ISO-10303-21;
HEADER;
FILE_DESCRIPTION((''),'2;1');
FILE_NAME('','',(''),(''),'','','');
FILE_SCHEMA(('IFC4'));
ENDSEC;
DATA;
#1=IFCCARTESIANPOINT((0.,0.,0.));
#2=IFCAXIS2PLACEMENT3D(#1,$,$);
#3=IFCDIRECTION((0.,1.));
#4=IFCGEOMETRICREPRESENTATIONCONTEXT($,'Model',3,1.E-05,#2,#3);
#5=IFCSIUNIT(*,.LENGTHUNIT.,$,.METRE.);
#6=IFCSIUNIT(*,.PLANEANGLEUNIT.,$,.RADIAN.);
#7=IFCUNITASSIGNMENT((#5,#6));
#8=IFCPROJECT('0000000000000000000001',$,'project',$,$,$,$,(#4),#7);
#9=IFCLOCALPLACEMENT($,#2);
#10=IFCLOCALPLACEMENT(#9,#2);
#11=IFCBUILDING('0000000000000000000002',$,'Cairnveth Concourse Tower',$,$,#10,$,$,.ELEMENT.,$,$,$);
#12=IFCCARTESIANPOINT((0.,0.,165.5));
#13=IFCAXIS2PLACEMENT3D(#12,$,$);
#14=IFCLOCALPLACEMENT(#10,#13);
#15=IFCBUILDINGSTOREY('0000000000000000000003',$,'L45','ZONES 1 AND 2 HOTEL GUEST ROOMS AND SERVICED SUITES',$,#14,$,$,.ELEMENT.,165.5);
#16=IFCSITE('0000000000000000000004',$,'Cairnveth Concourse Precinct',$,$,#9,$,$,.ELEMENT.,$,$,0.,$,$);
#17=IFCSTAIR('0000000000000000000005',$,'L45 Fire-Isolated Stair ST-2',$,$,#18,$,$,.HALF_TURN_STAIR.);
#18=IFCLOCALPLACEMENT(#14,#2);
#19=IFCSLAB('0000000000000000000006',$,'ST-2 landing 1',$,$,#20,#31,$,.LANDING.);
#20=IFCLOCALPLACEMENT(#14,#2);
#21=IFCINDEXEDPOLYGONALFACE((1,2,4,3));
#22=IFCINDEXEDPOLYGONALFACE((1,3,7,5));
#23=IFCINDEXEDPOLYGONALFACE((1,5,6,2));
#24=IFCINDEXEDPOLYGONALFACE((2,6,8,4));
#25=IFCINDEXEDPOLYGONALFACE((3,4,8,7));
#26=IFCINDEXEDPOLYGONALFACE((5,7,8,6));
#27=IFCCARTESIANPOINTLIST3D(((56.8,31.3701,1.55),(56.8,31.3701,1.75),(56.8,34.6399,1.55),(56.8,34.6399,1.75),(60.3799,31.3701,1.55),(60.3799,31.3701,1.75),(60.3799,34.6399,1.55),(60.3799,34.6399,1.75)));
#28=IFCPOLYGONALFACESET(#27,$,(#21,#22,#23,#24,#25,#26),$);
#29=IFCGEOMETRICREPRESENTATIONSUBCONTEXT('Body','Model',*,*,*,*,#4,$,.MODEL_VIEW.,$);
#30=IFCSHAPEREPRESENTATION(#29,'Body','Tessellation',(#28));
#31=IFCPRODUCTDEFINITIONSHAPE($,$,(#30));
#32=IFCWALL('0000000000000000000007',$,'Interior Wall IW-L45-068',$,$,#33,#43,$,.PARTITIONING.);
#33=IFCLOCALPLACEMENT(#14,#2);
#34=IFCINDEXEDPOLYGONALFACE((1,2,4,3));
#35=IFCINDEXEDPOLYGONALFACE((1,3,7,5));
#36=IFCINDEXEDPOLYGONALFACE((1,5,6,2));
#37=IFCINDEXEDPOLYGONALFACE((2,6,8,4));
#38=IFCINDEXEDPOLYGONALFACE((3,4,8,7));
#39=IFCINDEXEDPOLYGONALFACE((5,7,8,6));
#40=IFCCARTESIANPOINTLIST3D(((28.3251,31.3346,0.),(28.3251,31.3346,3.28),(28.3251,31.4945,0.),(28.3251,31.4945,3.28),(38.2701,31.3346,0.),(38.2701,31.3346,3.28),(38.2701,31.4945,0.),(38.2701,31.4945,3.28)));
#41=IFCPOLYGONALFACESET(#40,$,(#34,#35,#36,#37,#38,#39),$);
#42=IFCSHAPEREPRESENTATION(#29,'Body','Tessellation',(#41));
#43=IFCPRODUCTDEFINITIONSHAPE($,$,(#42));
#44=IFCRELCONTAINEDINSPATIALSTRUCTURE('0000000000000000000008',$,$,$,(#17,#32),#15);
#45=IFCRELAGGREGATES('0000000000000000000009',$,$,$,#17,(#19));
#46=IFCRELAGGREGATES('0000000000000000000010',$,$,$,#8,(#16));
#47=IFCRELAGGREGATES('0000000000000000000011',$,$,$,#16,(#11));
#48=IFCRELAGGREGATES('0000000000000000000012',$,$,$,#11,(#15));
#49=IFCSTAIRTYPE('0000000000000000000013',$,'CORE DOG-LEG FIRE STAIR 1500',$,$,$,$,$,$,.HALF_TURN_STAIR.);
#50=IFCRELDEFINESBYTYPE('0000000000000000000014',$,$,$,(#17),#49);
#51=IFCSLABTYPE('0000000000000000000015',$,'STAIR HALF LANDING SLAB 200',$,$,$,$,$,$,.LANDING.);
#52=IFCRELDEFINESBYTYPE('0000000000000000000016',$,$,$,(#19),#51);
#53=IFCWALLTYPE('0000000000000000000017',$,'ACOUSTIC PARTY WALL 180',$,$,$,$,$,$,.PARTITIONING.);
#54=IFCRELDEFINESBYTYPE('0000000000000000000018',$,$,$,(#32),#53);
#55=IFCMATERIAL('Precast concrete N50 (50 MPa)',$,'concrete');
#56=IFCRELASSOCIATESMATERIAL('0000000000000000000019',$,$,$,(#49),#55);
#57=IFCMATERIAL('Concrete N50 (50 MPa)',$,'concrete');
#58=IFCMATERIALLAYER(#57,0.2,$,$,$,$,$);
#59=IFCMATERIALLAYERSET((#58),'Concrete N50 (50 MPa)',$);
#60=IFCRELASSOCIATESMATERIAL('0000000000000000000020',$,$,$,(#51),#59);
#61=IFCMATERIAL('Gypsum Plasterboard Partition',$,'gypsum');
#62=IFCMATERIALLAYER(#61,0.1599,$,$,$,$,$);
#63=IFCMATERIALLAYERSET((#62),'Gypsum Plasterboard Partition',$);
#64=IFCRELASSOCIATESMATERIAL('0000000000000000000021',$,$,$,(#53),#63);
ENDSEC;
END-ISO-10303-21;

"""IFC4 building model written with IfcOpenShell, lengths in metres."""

from ifc_helpers import new_model, si_unit, direction, frame, frame_2d, origin, place, context, subcontext, project, spatial, polyline, rectangle, outline, extrude, material, layer, layer_set, type_object, element, aggregate, save


model = new_model("IFC4")

# Units and contexts
model_context = context("Model", 3, precision=1e-05, world=origin(), true_north=direction((0.0, 1.0)))
body_context = subcontext(model_context, "Body", "Model", "MODEL_VIEW")
ifc_project = project(units=[si_unit("LENGTHUNIT", "METRE"), si_unit("PLANEANGLEUNIT", "RADIAN")], contexts=[model_context])

# Site, building, storey
site_placement = place(None, origin())
site = spatial("IfcSite", under=ifc_project, at=site_placement, Name="Cairnveth Concourse Precinct", CompositionType="ELEMENT", RefElevation=0.0)
building_placement = place(site_placement, origin())
building = spatial("IfcBuilding", under=site, at=building_placement, Name="Cairnveth Concourse Tower", CompositionType="ELEMENT")
storey_placement = place(building_placement, frame((0.0, 0.0, 165.5)))
storey = spatial("IfcBuildingStorey", under=building, at=storey_placement, Name="L45", Description="ZONES 1 AND 2 HOTEL GUEST ROOMS AND SERVICED SUITES", CompositionType="ELEMENT", Elevation=165.5)

# Shared definitions
ifc_material_1 = material(Name="Concrete N50 (50 MPa)", Category="concrete")

# Stair, slab
ifc_material_2 = material(Name="Precast concrete N50 (50 MPa)", Category="concrete")
stair_type = type_object("IfcStairType", Name="CORE DOG-LEG FIRE STAIR 1500", PredefinedType="HALF_TURN_STAIR", material=ifc_material_2)
ifc_layer_1 = layer(ifc_material_1, 0.2)
ifc_layer_set_1 = layer_set([ifc_layer_1], Name="Concrete N50 (50 MPa)")
slab_type_1 = type_object("IfcSlabType", Name="STAIR HALF LANDING SLAB 200", PredefinedType="LANDING", material=ifc_layer_set_1)
stair_1_placement = place(storey_placement, origin())
stair_1 = element("IfcStair", 1, at=stair_1_placement, inside=storey, type_object=stair_type, Name="L45 Fire-Isolated Stair ST-2", PredefinedType="HALF_TURN_STAIR")
slab_1_placement = place(storey_placement, frame((0.0, 0.0, 1.55)))
slab_1 = element("IfcSlab", 2, at=slab_1_placement, type_object=slab_type_1, Name="ST-2 landing 1", PredefinedType="LANDING", context=body_context, shape_type="SweptSolid", body=[
    extrude(outline(polyline([(56.8, 34.6399), (56.8, 31.3701), (60.3799, 31.3701), (60.3799, 34.6399), (56.8, 34.6399)])), origin(), (0.0, 0.0, 1.0), 0.2),
])
aggregate(stair_1, [slab_1])

# Wall
ifc_material_3 = material(Name="Gypsum Plasterboard Partition", Category="gypsum")
ifc_layer_2 = layer(ifc_material_3, 0.1599)
ifc_layer_set_2 = layer_set([ifc_layer_2], Name="Gypsum Plasterboard Partition")
wall_type_1 = type_object("IfcWallType", Name="ACOUSTIC PARTY WALL 180", PredefinedType="PARTITIONING", material=ifc_layer_set_2)
wall_1_placement = place(storey_placement, frame((28.325, 31.4146, 0.0), z_axis=(0.0, 0.0, 1.0), x_axis=(1.0, 0.0, 0.0)))
element("IfcWall", 3, at=wall_1_placement, inside=storey, type_object=wall_type_1, Name="Interior Wall IW-L45-068", PredefinedType="PARTITIONING", context=body_context, shape_type="SweptSolid", body=[
    extrude(rectangle(XDim=9.9451, YDim=0.1599, at=frame_2d((4.9727, 0.0))), origin(), (0.0, 0.0, 1.0), 3.28),
])

save(model, "model.ifc")
